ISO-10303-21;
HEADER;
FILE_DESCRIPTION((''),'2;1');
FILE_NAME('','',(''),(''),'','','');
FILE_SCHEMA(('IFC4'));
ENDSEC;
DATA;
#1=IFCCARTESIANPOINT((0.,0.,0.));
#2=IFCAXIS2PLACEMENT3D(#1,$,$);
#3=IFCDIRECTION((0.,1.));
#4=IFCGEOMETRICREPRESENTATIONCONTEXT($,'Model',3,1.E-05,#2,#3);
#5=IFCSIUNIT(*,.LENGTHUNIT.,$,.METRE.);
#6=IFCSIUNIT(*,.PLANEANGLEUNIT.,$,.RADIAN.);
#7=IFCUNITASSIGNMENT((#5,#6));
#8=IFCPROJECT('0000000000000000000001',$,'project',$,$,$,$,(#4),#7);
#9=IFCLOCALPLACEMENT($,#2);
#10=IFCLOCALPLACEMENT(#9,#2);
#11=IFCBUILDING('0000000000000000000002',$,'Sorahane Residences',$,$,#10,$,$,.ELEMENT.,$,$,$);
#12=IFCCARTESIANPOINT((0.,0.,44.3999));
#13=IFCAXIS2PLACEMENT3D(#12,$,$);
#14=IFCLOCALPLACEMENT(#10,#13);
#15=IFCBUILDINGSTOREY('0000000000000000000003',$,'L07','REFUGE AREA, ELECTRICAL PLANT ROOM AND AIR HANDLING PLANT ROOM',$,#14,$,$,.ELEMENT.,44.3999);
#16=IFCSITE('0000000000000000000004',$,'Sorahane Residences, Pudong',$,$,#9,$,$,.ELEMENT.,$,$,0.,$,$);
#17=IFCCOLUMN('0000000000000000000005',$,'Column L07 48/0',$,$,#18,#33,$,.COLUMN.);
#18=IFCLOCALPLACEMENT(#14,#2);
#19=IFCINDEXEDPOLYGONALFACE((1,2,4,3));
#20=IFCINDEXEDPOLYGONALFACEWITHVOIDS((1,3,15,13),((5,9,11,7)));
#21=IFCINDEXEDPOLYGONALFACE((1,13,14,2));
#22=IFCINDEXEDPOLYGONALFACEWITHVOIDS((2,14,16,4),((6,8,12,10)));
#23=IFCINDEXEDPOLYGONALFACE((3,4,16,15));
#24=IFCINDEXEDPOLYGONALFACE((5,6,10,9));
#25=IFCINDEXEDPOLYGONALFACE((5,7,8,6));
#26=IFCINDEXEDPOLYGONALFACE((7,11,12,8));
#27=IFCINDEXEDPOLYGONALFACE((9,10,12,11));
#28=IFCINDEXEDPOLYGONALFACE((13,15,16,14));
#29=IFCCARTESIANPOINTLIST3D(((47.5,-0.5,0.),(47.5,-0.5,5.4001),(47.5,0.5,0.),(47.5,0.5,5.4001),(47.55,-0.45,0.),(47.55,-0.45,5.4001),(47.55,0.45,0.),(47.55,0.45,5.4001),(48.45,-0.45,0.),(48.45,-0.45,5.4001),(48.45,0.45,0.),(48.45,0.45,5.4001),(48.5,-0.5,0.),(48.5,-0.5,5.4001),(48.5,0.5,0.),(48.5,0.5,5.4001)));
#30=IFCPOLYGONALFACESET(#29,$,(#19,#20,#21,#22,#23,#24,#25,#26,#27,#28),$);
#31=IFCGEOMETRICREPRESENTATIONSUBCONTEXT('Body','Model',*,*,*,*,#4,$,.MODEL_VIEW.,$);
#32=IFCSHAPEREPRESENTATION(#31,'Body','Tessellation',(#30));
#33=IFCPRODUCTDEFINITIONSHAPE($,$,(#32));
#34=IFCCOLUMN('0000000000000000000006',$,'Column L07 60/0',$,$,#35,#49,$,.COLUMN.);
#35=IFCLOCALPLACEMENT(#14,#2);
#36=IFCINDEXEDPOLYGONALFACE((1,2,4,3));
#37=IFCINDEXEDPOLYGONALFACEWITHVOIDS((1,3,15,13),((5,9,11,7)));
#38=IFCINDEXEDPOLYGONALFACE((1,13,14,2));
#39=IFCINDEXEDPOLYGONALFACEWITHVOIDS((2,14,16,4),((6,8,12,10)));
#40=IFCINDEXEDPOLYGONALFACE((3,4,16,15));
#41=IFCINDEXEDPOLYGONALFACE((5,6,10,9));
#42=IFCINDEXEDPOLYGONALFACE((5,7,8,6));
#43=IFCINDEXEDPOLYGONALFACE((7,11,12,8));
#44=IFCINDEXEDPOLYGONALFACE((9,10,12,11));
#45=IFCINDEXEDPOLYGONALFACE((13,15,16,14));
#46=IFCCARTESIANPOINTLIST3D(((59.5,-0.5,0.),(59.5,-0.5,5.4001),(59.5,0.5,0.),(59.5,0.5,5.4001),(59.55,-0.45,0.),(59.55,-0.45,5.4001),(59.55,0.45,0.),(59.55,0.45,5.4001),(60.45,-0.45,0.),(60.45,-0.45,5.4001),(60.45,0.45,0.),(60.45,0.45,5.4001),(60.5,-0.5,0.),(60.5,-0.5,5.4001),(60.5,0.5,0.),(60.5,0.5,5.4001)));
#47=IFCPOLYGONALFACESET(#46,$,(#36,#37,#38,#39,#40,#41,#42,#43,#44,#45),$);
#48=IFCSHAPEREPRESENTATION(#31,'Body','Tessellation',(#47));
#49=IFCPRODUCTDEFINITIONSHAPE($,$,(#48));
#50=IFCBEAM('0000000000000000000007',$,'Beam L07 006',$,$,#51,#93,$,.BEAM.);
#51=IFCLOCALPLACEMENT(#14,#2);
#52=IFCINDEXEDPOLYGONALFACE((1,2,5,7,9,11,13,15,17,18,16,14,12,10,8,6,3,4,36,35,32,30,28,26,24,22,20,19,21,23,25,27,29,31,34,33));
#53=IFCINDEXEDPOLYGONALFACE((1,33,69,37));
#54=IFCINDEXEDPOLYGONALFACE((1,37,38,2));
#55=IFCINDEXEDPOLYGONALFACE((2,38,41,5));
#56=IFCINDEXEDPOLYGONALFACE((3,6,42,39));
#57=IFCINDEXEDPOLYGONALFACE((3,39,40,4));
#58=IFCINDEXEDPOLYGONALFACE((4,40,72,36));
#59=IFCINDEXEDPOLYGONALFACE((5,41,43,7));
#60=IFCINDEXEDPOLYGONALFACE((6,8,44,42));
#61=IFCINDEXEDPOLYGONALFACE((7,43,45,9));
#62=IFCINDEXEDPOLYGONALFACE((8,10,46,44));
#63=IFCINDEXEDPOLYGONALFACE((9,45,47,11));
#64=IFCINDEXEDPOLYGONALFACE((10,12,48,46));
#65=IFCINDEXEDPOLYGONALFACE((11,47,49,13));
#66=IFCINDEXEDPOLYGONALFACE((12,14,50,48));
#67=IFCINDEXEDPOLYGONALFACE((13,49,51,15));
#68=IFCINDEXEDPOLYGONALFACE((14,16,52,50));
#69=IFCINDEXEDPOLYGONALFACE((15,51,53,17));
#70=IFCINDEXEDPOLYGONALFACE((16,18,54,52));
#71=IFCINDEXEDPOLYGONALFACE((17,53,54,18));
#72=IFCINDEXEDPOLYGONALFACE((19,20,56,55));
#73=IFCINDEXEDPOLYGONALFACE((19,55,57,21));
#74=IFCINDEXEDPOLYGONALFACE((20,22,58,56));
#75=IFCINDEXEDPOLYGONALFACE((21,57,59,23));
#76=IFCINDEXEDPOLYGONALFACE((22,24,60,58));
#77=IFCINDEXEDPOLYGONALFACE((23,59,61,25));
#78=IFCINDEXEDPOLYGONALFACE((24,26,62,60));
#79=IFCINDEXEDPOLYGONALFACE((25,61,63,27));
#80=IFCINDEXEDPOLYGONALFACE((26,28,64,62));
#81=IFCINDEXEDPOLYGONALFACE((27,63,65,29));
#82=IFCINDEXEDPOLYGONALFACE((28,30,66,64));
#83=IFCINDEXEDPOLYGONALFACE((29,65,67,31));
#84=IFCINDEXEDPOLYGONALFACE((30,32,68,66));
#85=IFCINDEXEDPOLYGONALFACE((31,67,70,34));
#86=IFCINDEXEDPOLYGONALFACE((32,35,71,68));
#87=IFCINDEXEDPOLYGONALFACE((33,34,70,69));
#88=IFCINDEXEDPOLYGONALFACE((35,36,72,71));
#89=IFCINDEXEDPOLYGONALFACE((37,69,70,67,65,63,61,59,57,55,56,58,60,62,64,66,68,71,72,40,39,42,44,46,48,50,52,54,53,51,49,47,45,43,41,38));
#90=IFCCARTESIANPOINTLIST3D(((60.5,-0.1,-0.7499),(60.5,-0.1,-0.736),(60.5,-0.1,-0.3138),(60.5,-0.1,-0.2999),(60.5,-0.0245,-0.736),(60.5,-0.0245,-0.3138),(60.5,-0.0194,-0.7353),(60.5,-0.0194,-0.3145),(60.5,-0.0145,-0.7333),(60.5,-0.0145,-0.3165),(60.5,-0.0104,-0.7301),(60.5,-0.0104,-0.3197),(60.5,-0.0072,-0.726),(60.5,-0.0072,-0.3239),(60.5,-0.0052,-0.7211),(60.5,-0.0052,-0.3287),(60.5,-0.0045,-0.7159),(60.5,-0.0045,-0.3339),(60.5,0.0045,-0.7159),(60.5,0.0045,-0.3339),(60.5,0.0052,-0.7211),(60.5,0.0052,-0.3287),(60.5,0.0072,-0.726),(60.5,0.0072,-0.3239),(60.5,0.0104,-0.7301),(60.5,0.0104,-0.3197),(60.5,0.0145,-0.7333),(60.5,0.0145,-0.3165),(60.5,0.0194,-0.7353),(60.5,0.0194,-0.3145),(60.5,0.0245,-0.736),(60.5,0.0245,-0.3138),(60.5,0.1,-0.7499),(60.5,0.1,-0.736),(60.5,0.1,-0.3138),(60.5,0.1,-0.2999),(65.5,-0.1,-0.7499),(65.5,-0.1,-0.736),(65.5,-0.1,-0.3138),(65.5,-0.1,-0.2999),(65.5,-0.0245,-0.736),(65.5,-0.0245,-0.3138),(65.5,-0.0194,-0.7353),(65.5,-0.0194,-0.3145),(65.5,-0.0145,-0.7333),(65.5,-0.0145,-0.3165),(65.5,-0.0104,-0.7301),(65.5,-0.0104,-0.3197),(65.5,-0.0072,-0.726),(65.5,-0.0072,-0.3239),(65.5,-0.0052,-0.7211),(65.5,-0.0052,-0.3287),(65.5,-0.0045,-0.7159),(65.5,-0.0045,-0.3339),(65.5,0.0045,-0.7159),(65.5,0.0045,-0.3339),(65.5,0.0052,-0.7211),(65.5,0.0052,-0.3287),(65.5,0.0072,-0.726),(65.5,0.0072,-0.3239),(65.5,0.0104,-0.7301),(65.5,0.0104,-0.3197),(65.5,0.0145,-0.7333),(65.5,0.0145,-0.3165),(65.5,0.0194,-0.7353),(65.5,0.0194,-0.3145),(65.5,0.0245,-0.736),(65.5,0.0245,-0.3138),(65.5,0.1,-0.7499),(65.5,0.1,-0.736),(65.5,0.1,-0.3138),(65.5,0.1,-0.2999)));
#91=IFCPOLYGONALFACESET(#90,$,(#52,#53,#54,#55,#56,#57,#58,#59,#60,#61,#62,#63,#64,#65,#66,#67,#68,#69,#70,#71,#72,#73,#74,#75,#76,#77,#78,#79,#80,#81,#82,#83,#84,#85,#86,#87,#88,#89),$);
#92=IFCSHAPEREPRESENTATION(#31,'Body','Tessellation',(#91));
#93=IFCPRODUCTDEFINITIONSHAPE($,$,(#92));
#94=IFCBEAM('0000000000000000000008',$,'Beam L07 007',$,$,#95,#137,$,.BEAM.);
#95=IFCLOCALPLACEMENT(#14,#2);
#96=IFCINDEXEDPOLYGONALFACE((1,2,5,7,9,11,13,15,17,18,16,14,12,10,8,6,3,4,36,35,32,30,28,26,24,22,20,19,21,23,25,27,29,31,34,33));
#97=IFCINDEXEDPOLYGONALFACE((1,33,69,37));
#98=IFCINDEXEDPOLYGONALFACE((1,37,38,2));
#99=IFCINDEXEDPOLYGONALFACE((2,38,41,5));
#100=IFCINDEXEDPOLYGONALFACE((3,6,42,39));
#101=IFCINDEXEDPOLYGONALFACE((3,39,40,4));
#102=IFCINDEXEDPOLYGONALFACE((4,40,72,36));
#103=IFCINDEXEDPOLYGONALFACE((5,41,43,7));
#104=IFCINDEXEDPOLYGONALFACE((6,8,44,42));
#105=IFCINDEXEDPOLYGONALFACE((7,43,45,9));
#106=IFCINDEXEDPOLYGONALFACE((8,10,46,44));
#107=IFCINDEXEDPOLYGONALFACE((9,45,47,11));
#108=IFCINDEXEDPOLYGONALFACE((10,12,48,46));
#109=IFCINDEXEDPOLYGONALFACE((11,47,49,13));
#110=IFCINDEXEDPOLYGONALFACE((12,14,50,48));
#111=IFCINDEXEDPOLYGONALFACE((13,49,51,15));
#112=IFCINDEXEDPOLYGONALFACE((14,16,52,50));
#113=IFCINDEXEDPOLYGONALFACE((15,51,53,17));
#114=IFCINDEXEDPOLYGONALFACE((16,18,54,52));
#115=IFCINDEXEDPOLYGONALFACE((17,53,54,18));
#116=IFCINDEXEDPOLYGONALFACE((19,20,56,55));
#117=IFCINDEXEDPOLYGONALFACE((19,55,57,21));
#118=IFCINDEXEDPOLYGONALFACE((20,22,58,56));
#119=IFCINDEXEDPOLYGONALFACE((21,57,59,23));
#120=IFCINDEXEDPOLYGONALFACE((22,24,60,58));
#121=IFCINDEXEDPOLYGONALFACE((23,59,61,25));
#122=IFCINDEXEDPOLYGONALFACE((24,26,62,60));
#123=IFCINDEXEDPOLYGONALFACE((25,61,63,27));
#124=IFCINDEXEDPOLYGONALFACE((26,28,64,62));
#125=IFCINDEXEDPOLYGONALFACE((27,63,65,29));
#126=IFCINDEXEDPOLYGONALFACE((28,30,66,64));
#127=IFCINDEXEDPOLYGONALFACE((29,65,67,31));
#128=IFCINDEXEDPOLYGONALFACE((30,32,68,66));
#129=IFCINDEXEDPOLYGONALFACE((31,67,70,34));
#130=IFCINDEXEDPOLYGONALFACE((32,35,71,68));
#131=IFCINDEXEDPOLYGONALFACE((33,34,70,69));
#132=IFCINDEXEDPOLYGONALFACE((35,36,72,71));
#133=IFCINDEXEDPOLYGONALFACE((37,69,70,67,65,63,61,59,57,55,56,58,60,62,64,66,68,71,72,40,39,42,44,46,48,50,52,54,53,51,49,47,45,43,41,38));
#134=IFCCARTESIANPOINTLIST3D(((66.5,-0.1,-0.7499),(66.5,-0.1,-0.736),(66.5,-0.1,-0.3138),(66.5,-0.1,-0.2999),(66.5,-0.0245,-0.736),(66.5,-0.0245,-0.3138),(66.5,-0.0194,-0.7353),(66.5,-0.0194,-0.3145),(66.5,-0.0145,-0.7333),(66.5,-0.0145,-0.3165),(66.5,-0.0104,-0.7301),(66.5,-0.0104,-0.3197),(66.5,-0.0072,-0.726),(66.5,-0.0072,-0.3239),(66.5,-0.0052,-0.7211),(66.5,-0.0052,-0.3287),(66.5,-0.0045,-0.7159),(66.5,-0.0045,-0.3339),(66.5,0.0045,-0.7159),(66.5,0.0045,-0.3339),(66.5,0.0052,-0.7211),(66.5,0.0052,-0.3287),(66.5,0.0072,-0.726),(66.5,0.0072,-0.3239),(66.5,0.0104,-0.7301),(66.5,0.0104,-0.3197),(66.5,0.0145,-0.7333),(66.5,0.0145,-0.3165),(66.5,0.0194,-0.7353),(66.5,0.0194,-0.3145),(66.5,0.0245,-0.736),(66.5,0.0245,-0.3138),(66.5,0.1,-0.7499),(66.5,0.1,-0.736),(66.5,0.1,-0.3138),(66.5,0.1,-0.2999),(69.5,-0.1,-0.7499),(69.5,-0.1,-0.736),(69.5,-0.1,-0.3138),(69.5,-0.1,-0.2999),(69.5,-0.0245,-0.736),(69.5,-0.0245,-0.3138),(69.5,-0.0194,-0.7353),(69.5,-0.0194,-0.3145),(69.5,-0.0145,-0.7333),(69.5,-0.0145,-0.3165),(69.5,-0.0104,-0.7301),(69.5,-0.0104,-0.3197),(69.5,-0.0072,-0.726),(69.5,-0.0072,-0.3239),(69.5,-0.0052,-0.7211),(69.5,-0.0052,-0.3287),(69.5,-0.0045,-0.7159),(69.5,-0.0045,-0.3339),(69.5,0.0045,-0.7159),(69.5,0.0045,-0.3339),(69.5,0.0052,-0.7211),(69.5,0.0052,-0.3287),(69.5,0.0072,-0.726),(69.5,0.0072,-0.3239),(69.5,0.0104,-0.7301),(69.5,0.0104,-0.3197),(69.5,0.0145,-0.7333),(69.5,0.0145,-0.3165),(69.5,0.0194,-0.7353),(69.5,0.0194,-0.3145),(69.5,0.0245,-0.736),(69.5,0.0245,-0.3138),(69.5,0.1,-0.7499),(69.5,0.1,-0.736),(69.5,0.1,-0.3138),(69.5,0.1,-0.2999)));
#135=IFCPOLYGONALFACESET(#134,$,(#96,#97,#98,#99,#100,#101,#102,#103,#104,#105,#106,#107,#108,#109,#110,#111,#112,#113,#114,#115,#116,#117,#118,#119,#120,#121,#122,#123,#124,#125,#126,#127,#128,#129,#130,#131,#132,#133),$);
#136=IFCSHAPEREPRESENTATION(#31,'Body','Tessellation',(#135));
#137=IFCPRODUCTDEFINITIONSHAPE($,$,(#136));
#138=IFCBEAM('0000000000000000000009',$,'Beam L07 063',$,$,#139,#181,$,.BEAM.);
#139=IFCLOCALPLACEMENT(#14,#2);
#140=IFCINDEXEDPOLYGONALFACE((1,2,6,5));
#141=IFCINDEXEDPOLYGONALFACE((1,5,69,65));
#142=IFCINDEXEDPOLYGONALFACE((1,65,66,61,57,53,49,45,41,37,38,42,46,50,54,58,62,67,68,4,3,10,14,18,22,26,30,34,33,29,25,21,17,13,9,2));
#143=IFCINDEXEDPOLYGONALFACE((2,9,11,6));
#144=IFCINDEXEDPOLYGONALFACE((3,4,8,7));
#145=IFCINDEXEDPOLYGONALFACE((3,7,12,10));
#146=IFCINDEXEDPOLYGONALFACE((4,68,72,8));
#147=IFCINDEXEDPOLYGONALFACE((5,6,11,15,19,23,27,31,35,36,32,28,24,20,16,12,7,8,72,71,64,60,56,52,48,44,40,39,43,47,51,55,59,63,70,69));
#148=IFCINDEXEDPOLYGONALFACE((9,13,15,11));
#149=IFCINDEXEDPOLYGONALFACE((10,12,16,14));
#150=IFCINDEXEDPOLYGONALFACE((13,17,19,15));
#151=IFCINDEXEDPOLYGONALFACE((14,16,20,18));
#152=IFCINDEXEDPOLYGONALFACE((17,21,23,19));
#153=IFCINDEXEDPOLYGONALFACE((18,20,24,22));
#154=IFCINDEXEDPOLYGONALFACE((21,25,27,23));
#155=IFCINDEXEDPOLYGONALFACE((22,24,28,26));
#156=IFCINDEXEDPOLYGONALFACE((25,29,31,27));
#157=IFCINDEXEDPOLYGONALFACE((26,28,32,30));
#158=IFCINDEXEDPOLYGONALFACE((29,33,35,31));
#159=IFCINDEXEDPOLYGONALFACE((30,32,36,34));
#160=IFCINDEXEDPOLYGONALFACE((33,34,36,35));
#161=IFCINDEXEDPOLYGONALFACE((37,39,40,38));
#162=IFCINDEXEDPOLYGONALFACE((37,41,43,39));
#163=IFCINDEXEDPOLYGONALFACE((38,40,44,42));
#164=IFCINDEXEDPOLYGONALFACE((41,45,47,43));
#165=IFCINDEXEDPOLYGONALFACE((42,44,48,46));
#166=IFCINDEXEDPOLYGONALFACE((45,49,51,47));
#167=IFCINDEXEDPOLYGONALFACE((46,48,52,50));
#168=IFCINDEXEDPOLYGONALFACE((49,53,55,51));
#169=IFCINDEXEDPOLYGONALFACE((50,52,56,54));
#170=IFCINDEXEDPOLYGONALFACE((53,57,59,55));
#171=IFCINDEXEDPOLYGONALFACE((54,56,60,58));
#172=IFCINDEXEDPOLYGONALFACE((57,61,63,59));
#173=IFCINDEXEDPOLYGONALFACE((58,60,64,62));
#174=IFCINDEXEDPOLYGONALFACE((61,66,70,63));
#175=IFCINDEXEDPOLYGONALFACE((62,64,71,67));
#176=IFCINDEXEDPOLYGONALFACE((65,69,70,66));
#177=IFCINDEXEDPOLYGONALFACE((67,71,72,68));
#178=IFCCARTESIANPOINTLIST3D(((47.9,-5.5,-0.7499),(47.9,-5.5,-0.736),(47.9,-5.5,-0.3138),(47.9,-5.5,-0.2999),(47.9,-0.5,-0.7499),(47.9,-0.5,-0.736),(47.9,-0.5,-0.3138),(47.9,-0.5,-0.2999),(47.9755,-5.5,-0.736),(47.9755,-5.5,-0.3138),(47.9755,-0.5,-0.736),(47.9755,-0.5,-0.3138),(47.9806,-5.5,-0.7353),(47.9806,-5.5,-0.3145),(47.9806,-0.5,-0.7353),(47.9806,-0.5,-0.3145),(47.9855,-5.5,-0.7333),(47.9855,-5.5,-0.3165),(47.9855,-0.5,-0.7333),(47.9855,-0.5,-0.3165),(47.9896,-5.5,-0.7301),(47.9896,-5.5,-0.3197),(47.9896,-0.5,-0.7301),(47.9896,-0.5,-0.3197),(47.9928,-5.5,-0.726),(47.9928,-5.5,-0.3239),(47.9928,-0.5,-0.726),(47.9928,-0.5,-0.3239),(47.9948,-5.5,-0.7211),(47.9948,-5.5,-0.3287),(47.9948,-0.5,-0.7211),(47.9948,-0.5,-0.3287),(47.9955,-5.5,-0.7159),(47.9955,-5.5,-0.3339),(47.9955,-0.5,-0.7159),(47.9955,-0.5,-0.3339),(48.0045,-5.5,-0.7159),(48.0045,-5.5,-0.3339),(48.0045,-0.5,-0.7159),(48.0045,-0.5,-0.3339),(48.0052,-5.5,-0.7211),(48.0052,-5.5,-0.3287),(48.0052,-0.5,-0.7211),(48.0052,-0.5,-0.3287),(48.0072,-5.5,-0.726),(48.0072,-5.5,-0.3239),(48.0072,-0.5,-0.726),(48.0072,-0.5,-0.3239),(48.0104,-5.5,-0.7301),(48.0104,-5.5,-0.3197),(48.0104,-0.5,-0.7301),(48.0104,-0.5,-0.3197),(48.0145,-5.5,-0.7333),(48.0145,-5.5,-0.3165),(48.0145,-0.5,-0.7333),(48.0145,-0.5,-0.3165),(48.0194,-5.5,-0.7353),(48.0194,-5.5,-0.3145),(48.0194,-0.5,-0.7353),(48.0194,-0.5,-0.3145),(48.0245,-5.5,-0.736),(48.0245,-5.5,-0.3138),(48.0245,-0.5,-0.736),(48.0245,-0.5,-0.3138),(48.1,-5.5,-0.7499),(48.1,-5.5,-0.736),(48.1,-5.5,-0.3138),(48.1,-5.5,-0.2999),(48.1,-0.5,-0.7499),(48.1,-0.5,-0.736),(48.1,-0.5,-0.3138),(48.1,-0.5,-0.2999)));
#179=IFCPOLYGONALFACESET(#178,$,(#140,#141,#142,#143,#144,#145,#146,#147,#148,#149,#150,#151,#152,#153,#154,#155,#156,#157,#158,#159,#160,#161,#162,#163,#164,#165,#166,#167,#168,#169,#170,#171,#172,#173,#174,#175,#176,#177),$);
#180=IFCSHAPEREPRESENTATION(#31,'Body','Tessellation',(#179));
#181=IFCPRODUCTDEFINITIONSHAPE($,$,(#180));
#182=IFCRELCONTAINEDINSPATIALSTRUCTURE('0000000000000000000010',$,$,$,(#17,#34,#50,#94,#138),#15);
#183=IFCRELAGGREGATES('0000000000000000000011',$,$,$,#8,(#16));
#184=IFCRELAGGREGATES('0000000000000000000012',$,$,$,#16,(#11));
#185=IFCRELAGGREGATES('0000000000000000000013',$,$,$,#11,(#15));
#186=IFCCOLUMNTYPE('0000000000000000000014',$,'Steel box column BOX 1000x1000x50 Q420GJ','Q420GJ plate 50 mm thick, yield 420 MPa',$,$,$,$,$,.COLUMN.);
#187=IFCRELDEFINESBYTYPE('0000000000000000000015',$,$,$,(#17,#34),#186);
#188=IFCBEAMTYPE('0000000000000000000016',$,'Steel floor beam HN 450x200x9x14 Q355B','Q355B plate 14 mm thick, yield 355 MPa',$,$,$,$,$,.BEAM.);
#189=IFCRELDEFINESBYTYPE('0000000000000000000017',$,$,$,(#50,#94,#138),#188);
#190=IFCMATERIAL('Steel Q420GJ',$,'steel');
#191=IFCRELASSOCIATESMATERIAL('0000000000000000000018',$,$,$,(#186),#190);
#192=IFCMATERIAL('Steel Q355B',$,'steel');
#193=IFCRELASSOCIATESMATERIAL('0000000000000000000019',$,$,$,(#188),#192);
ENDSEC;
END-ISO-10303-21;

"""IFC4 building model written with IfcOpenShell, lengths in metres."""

from ifc_helpers import new_model, si_unit, direction, frame, origin, origin_2d, place, context, subcontext, project, spatial, hollow_rectangle, i_section, extrude, material, material_profile, profile_set, type_object, element, save


model = new_model("IFC4")

# Units and contexts
model_context = context("Model", 3, precision=1e-05, world=origin(), true_north=direction((0.0, 1.0)))
body_context = subcontext(model_context, "Body", "Model", "MODEL_VIEW")
ifc_project = project(units=[si_unit("LENGTHUNIT", "METRE"), si_unit("PLANEANGLEUNIT", "RADIAN")], contexts=[model_context])

# Site, building, storey
site_placement = place(None, origin())
site = spatial("IfcSite", under=ifc_project, at=site_placement, Name="Sorahane Residences, Pudong", CompositionType="ELEMENT", RefElevation=0.0)
building_placement = place(site_placement, origin())
building = spatial("IfcBuilding", under=site, at=building_placement, Name="Sorahane Residences", CompositionType="ELEMENT")
storey_placement = place(building_placement, frame((0.0, 0.0, 44.3999)))
storey = spatial("IfcBuildingStorey", under=building, at=storey_placement, Name="L07", Description="REFUGE AREA, ELECTRICAL PLANT ROOM AND AIR HANDLING PLANT ROOM", CompositionType="ELEMENT", Elevation=44.3999)

# Columns
ifc_material_1 = material(Name="Steel Q420GJ", Category="steel")
ifc_material_profile_1 = material_profile(ifc_material_1, hollow_rectangle(XDim=1.0, YDim=1.0, WallThickness=0.05, at=origin_2d()), Name="BOX 1000x1000x50")
ifc_profile_set_1 = profile_set([ifc_material_profile_1], Name="Steel Q420GJ")
column_type = type_object("IfcColumnType", Name="Steel box column BOX 1000x1000x50 Q420GJ", Description="Q420GJ plate 50 mm thick, yield 420 MPa", PredefinedType="COLUMN", material=ifc_profile_set_1)
for number, where, z_axis, x_axis, name in (
    (1, (48.0, 0.0, 0.0), (0.0, 0.0, 1.0), (1.0, 0.0, 0.0), "Column L07 48/0"),
    (2, (60.0, 0.0, 0.0), (0.0, 0.0, 1.0), (1.0, 0.0, 0.0), "Column L07 60/0"),
):
    element("IfcColumn", number, at=place(storey_placement, frame(where, z_axis=z_axis, x_axis=x_axis)), inside=storey, type_object=column_type, Name=name, PredefinedType="COLUMN", context=body_context, shape_type="SweptSolid", body=[
        extrude(hollow_rectangle(XDim=1.0, YDim=1.0, WallThickness=0.05, at=origin_2d()), origin(), (0.0, 0.0, 1.0), 5.4001),
    ])

# Beams
ifc_material_2 = material(Name="Steel Q355B", Category="steel")
ifc_material_profile_2 = material_profile(ifc_material_2, i_section(OverallWidth=0.2, OverallDepth=0.45, WebThickness=0.009, FlangeThickness=0.0139, FilletRadius=0.02, at=origin_2d()), Name="HN 450x200x9x14")
ifc_profile_set_2 = profile_set([ifc_material_profile_2], Name="Steel Q355B")
beam_type_1 = type_object("IfcBeamType", Name="Steel floor beam HN 450x200x9x14 Q355B", Description="Q355B plate 14 mm thick, yield 355 MPa", PredefinedType="BEAM", material=ifc_profile_set_2)
beam_1_placement = place(storey_placement, frame((60.5, 0.0, -0.5249), z_axis=(1.0, 0.0, 0.0), x_axis=(0.0, 1.0, 0.0)))
element("IfcBeam", 3, at=beam_1_placement, inside=storey, type_object=beam_type_1, Name="Beam L07 006", PredefinedType="BEAM", context=body_context, shape_type="SweptSolid", body=[
    extrude(i_section(OverallWidth=0.2, OverallDepth=0.45, WebThickness=0.009, FlangeThickness=0.0139, FilletRadius=0.02, at=origin_2d()), origin(), (0.0, 0.0, 1.0), 5.0),
])
beam_2_placement = place(storey_placement, frame((66.5, 0.0, -0.5249), z_axis=(1.0, 0.0, 0.0), x_axis=(0.0, 1.0, 0.0)))
element("IfcBeam", 4, at=beam_2_placement, inside=storey, type_object=beam_type_1, Name="Beam L07 007", PredefinedType="BEAM", context=body_context, shape_type="SweptSolid", body=[
    extrude(i_section(OverallWidth=0.2, OverallDepth=0.45, WebThickness=0.009, FlangeThickness=0.0139, FilletRadius=0.02, at=origin_2d()), origin(), (0.0, 0.0, 1.0), 3.0),
])
for number, where, z_axis, x_axis, name in (
    (5, (48.0, -5.5, -0.5249), (0.0, 1.0, 0.0), (-1.0, 0.0, 0.0), "Beam L07 063"),
):
    element("IfcBeam", number, at=place(storey_placement, frame(where, z_axis=z_axis, x_axis=x_axis)), inside=storey, type_object=beam_type_1, Name=name, PredefinedType="BEAM", context=body_context, shape_type="SweptSolid", body=[
        extrude(i_section(OverallWidth=0.2, OverallDepth=0.45, WebThickness=0.009, FlangeThickness=0.0139, FilletRadius=0.02, at=origin_2d()), origin(), (0.0, 0.0, 1.0), 5.0),
    ])

save(model, "model.ifc")
